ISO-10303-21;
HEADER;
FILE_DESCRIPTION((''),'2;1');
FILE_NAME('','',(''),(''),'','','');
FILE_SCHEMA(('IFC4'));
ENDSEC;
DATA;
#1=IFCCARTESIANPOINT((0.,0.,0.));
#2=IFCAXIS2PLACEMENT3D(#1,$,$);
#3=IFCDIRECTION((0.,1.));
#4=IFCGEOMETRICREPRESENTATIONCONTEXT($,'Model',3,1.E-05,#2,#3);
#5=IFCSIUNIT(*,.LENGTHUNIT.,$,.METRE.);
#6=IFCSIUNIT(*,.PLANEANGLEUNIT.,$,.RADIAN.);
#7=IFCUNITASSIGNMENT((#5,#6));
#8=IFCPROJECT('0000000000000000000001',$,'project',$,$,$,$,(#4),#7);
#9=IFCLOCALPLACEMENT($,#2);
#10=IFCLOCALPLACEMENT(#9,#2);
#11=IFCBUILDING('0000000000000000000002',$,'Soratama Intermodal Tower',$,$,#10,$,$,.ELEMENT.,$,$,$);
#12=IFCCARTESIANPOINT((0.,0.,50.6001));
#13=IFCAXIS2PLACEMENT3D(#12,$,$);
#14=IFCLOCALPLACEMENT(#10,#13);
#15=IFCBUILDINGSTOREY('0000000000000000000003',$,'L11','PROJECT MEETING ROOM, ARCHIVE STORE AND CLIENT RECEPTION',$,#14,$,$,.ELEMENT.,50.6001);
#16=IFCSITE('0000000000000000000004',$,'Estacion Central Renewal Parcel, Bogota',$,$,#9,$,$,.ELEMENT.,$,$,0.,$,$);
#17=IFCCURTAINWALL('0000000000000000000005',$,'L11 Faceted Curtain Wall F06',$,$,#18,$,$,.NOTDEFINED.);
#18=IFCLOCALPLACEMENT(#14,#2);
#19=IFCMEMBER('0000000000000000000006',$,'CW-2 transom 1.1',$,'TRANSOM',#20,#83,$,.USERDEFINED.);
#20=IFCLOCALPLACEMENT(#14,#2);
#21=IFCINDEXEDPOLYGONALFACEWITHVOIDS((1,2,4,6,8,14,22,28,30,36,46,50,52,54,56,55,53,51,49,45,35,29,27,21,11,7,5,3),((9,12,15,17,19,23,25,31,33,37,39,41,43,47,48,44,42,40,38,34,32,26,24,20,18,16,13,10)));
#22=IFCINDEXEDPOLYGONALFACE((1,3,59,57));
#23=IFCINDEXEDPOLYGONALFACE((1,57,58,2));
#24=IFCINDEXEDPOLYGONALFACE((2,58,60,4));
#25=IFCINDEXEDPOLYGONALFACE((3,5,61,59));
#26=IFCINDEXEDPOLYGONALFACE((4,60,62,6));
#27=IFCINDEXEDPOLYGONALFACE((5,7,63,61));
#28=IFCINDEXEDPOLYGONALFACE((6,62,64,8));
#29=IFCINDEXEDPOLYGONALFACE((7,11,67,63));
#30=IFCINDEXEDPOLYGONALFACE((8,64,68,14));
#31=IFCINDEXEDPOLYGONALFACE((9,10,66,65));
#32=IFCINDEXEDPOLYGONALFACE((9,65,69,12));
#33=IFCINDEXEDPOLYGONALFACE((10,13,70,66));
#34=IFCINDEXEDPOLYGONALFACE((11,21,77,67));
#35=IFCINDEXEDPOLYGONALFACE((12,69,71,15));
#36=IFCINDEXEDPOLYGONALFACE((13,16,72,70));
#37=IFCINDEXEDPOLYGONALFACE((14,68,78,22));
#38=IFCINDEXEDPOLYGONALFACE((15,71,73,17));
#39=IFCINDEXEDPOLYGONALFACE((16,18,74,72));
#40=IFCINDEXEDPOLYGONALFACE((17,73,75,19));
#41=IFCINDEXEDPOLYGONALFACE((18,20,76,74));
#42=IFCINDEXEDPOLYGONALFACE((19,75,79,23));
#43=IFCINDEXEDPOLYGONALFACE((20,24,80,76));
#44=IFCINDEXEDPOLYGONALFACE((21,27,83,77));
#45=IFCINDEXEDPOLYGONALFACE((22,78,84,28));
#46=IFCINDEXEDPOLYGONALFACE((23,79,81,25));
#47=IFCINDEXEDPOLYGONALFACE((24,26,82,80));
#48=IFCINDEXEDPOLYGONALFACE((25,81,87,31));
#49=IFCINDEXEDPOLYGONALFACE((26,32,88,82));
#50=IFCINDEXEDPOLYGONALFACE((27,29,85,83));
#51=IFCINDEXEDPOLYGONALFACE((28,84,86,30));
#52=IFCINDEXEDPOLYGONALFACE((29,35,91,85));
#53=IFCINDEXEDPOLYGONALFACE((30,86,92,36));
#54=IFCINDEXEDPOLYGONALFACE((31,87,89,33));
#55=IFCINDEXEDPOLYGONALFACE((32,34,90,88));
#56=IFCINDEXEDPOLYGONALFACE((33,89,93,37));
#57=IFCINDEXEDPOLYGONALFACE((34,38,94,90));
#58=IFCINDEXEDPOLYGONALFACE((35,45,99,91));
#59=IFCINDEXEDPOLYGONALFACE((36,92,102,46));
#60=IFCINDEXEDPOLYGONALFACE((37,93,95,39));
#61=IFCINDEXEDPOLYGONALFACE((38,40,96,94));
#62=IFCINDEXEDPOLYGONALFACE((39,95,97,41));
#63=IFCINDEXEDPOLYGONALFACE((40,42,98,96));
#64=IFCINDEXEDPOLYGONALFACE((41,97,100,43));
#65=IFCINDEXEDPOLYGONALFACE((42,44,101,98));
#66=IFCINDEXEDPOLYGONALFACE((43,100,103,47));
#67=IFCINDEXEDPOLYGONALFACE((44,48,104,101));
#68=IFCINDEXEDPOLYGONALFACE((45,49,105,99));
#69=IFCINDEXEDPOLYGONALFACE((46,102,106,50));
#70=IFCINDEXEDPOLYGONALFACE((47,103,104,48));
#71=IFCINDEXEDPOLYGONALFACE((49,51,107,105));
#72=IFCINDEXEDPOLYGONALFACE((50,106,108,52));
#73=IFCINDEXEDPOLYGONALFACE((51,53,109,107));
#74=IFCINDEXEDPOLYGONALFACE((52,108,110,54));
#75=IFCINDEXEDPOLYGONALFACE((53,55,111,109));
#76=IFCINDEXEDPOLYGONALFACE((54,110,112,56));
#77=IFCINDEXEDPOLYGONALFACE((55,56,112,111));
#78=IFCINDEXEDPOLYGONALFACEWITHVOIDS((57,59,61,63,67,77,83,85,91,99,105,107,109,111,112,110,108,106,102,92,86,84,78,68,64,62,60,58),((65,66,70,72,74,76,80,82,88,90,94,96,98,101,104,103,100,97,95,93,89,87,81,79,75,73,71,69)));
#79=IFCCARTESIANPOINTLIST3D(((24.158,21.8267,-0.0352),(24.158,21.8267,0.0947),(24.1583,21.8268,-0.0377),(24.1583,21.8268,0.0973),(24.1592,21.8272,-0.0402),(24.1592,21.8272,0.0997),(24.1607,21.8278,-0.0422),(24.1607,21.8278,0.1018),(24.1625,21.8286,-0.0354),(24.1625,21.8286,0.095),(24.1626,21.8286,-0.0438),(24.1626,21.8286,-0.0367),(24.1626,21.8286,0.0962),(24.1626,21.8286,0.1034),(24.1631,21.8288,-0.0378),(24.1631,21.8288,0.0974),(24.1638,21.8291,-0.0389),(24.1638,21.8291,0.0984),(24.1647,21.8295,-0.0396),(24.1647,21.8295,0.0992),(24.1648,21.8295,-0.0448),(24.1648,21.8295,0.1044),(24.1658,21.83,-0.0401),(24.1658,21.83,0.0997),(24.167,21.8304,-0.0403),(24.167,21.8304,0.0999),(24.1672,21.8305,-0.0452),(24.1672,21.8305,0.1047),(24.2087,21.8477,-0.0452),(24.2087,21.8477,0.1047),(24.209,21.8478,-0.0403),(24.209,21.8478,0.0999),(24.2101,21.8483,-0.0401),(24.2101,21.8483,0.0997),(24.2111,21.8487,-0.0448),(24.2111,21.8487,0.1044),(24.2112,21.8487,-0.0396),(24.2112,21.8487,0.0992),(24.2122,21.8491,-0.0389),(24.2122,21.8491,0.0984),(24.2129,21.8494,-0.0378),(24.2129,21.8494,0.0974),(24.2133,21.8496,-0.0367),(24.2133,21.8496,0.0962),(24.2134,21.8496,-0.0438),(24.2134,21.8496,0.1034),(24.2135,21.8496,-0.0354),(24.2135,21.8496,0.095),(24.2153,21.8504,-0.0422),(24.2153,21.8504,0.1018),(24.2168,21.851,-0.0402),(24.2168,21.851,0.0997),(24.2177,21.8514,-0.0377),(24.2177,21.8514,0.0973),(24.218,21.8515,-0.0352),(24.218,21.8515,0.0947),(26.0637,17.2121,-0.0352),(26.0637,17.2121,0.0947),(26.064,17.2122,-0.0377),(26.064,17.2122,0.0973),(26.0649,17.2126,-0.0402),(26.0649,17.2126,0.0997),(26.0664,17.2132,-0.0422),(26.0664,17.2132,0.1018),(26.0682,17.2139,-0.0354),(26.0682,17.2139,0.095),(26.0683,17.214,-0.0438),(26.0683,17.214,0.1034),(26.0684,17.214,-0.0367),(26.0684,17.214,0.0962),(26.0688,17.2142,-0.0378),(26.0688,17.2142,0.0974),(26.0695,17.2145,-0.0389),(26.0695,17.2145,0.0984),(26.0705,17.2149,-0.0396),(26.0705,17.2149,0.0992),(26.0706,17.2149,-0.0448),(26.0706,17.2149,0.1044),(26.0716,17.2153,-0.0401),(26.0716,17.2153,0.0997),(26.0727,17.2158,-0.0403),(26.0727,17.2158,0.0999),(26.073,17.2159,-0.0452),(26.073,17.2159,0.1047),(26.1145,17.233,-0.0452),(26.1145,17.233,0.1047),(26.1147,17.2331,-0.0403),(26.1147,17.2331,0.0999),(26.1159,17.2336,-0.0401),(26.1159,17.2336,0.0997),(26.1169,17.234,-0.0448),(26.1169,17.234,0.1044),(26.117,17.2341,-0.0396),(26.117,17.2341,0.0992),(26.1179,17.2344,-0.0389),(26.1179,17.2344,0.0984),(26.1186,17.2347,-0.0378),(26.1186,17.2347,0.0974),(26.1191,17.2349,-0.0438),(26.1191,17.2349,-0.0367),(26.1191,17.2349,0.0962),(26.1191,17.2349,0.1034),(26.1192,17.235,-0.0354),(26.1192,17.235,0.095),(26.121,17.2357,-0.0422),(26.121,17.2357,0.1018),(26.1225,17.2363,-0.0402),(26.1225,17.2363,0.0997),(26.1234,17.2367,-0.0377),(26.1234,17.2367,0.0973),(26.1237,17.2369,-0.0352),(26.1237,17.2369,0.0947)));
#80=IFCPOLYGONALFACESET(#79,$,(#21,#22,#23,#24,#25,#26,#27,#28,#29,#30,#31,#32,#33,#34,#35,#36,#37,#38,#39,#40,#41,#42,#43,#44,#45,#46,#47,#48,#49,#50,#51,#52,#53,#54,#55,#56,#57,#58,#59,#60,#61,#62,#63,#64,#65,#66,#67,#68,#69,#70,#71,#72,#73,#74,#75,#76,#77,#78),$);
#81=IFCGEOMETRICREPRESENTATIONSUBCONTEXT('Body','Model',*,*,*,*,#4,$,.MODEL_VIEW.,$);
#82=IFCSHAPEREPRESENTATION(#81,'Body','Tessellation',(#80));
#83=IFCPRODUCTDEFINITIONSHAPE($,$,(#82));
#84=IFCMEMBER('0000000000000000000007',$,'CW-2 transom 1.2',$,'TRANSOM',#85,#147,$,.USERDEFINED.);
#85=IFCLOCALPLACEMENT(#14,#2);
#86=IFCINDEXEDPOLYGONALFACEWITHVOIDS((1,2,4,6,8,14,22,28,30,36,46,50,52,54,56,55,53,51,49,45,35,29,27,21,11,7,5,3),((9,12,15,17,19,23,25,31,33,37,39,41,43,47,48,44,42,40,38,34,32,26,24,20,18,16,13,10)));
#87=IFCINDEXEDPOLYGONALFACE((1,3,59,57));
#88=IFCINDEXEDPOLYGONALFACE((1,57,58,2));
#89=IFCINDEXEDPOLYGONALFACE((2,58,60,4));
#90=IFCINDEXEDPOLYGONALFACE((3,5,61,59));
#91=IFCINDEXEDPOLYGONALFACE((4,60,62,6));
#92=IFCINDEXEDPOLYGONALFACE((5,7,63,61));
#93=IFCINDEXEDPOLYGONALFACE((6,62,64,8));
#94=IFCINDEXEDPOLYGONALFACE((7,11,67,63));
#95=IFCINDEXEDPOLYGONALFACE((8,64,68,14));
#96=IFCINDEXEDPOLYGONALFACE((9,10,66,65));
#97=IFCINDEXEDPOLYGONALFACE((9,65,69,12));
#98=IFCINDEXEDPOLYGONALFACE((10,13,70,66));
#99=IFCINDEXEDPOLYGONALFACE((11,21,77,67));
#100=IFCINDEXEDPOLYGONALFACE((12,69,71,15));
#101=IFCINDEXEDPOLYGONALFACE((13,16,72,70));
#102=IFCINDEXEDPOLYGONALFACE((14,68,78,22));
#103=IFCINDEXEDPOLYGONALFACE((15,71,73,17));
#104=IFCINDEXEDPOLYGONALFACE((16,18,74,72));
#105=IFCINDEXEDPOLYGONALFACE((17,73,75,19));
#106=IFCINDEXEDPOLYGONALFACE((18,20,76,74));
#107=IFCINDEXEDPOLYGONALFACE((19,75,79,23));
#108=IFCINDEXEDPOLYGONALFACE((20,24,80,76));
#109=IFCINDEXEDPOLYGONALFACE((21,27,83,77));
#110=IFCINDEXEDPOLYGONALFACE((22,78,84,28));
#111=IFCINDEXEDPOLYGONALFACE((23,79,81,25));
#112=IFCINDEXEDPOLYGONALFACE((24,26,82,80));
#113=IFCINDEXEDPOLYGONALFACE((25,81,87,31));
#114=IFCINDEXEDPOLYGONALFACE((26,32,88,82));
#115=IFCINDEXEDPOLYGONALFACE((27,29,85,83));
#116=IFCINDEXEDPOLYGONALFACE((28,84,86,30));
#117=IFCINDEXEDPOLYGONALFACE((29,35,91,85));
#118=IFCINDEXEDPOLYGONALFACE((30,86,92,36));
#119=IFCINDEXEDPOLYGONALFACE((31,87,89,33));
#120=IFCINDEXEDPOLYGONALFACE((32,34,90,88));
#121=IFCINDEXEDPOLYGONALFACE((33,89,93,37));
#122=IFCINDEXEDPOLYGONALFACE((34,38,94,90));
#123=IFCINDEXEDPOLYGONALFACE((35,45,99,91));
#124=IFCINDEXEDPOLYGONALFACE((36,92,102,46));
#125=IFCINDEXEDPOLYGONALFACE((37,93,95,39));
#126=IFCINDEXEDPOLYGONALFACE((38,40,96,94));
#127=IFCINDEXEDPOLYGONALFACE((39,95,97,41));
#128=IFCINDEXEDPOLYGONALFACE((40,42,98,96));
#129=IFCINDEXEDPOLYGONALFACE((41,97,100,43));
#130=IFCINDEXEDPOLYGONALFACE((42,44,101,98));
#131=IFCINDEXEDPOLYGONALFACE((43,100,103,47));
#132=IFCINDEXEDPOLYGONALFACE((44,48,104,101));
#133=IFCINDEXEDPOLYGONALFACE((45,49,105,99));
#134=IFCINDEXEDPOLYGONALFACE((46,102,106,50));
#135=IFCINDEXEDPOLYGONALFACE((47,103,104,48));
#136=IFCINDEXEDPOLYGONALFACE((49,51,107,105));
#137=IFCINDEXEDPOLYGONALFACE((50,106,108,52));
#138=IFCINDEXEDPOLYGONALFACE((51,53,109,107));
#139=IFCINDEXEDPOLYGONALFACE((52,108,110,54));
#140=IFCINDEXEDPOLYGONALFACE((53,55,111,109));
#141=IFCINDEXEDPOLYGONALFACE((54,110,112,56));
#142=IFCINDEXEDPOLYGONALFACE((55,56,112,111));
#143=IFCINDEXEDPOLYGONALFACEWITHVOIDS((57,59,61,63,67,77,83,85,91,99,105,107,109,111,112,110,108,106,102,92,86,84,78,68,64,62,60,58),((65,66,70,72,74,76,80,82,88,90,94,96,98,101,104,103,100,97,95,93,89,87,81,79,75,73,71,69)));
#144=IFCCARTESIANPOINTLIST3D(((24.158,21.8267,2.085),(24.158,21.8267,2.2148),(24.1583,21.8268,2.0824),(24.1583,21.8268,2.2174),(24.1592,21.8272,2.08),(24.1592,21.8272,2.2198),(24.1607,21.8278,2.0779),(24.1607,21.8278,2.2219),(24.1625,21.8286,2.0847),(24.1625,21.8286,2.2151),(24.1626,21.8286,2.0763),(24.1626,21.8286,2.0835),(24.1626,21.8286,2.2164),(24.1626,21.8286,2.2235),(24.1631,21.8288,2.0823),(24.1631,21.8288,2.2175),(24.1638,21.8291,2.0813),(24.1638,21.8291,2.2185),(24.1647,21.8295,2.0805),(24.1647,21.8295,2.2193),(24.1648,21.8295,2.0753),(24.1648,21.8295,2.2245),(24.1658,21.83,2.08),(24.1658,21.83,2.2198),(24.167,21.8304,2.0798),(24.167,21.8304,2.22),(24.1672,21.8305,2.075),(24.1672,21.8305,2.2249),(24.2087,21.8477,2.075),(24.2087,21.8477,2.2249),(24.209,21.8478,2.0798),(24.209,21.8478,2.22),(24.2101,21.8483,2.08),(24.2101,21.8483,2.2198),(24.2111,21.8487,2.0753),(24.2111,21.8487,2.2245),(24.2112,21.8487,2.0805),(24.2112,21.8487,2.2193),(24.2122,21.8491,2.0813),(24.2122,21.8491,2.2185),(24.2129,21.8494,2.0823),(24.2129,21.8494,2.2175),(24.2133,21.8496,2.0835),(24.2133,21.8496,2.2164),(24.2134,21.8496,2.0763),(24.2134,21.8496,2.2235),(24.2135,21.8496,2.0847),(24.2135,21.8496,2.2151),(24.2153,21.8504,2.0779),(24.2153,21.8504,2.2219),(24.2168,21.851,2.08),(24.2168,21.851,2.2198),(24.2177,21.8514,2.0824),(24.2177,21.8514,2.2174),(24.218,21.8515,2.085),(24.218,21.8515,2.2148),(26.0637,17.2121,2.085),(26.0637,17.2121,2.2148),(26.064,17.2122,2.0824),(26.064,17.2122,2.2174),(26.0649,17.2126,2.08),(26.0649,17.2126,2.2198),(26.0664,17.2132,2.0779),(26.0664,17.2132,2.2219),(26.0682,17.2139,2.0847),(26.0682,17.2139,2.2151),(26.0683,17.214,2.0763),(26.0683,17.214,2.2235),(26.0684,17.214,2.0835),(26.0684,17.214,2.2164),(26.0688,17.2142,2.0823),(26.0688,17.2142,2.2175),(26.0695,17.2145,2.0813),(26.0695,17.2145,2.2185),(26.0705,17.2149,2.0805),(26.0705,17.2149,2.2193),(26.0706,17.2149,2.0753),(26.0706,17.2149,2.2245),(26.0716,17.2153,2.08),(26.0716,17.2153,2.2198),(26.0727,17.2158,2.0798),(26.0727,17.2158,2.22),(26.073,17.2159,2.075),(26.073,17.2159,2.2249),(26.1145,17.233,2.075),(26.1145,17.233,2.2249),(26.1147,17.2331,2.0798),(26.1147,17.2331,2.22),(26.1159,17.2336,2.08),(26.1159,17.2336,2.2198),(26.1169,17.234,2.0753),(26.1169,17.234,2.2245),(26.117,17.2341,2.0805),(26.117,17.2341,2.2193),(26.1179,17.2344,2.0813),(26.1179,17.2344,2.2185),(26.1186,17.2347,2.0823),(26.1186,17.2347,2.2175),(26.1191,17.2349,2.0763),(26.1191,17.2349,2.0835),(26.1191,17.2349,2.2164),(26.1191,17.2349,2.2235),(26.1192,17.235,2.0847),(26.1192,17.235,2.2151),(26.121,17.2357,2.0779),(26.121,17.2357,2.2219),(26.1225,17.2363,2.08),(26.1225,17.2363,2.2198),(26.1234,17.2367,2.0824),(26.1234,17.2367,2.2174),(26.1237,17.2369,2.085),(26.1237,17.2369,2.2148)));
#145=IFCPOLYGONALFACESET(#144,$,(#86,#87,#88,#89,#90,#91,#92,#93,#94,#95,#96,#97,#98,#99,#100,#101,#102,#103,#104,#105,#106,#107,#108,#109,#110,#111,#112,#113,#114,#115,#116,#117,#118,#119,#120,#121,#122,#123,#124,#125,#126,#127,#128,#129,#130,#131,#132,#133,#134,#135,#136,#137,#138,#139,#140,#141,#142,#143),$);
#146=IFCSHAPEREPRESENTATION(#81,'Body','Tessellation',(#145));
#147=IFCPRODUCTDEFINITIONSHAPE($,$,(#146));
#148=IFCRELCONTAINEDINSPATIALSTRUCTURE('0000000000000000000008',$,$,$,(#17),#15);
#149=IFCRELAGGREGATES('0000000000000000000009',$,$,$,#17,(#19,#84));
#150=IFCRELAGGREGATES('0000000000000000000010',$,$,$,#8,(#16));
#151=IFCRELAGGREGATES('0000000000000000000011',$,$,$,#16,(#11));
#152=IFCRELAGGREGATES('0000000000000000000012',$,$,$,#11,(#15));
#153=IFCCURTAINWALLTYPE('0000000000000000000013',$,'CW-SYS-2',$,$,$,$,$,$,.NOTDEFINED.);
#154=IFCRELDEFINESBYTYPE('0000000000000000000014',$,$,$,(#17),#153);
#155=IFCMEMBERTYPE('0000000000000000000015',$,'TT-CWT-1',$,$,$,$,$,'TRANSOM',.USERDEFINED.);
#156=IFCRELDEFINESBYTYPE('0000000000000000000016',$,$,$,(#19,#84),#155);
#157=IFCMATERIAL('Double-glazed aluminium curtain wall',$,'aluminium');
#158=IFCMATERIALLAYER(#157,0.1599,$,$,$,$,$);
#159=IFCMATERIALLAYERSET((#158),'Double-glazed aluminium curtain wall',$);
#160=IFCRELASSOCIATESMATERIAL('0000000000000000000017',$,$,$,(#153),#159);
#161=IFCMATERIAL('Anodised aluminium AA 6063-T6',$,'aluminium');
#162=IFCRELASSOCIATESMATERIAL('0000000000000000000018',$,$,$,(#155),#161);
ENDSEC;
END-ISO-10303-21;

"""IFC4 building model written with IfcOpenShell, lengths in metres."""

from ifc_helpers import new_model, si_unit, direction, frame, origin, origin_2d, place, context, subcontext, project, spatial, hollow_rectangle, extrude, material, layer, layer_set, material_profile, profile_set, type_object, element, aggregate, save


model = new_model("IFC4")

# Units and contexts
model_context = context("Model", 3, precision=1e-05, world=origin(), true_north=direction((0.0, 1.0)))
body_context = subcontext(model_context, "Body", "Model", "MODEL_VIEW")
ifc_project = project(units=[si_unit("LENGTHUNIT", "METRE"), si_unit("PLANEANGLEUNIT", "RADIAN")], contexts=[model_context])

# Site, building, storey
site_placement = place(None, origin())
site = spatial("IfcSite", under=ifc_project, at=site_placement, Name="Estacion Central Renewal Parcel, Bogota", CompositionType="ELEMENT", RefElevation=0.0)
building_placement = place(site_placement, origin())
building = spatial("IfcBuilding", under=site, at=building_placement, Name="Soratama Intermodal Tower", CompositionType="ELEMENT")
storey_placement = place(building_placement, frame((0.0, 0.0, 50.6001)))
storey = spatial("IfcBuildingStorey", under=building, at=storey_placement, Name="L11", Description="PROJECT MEETING ROOM, ARCHIVE STORE AND CLIENT RECEPTION", CompositionType="ELEMENT", Elevation=50.6001)

# Curtain wall, members
ifc_material_1 = material(Name="Double-glazed aluminium curtain wall", Category="aluminium")
ifc_layer_1 = layer(ifc_material_1, 0.1599)
ifc_layer_set_1 = layer_set([ifc_layer_1], Name="Double-glazed aluminium curtain wall")
curtain_wall_type = type_object("IfcCurtainWallType", Name="CW-SYS-2", PredefinedType="NOTDEFINED", material=ifc_layer_set_1)
curtain_wall_placement = place(storey_placement, origin())
curtain_wall = element("IfcCurtainWall", 1, at=curtain_wall_placement, inside=storey, type_object=curtain_wall_type, Name="L11 Faceted Curtain Wall F06", PredefinedType="NOTDEFINED")
ifc_material_2 = material(Name="Anodised aluminium AA 6063-T6", Category="aluminium")
ifc_material_profile_1 = material_profile(ifc_material_2, hollow_rectangle(XDim=0.0649, YDim=0.1499, WallThickness=0.0049, InnerFilletRadius=0.0049, OuterFilletRadius=0.01, at=origin_2d()), Name="CWT150X65X5")
ifc_profile_set_1 = profile_set([ifc_material_profile_1], Name="Anodised aluminium AA 6063-T6")
member_type_1 = type_object("IfcMemberType", Name="TT-CWT-1", ElementType="TRANSOM", PredefinedType="USERDEFINED", material=ifc_profile_set_1)
member_1_placement = place(storey_placement, frame((24.188, 21.8391, 0.0298), z_axis=(0.381704, -0.924285, 0.0), x_axis=(0.924285, 0.381704, 0.0)))
member_1 = element("IfcMember", 2, at=member_1_placement, type_object=member_type_1, Name="CW-2 transom 1.1", ObjectType="TRANSOM", PredefinedType="USERDEFINED", context=body_context, shape_type="SweptSolid", body=[
    extrude(hollow_rectangle(XDim=0.0649, YDim=0.1499, WallThickness=0.0049, InnerFilletRadius=0.0049, OuterFilletRadius=0.01, at=origin_2d()), origin(), (0.0, 0.0, 1.0), 4.9927),
])
member_2_placement = place(storey_placement, frame((24.188, 21.8391, 2.1499), z_axis=(0.381704, -0.924285, 0.0), x_axis=(0.924285, 0.381704, 0.0)))
member_2 = element("IfcMember", 3, at=member_2_placement, type_object=member_type_1, Name="CW-2 transom 1.2", ObjectType="TRANSOM", PredefinedType="USERDEFINED", context=body_context, shape_type="SweptSolid", body=[
    extrude(hollow_rectangle(XDim=0.0649, YDim=0.1499, WallThickness=0.0049, InnerFilletRadius=0.0049, OuterFilletRadius=0.01, at=origin_2d()), origin(), (0.0, 0.0, 1.0), 4.9927),
])
aggregate(curtain_wall, [member_1, member_2])

save(model, "model.ifc")
